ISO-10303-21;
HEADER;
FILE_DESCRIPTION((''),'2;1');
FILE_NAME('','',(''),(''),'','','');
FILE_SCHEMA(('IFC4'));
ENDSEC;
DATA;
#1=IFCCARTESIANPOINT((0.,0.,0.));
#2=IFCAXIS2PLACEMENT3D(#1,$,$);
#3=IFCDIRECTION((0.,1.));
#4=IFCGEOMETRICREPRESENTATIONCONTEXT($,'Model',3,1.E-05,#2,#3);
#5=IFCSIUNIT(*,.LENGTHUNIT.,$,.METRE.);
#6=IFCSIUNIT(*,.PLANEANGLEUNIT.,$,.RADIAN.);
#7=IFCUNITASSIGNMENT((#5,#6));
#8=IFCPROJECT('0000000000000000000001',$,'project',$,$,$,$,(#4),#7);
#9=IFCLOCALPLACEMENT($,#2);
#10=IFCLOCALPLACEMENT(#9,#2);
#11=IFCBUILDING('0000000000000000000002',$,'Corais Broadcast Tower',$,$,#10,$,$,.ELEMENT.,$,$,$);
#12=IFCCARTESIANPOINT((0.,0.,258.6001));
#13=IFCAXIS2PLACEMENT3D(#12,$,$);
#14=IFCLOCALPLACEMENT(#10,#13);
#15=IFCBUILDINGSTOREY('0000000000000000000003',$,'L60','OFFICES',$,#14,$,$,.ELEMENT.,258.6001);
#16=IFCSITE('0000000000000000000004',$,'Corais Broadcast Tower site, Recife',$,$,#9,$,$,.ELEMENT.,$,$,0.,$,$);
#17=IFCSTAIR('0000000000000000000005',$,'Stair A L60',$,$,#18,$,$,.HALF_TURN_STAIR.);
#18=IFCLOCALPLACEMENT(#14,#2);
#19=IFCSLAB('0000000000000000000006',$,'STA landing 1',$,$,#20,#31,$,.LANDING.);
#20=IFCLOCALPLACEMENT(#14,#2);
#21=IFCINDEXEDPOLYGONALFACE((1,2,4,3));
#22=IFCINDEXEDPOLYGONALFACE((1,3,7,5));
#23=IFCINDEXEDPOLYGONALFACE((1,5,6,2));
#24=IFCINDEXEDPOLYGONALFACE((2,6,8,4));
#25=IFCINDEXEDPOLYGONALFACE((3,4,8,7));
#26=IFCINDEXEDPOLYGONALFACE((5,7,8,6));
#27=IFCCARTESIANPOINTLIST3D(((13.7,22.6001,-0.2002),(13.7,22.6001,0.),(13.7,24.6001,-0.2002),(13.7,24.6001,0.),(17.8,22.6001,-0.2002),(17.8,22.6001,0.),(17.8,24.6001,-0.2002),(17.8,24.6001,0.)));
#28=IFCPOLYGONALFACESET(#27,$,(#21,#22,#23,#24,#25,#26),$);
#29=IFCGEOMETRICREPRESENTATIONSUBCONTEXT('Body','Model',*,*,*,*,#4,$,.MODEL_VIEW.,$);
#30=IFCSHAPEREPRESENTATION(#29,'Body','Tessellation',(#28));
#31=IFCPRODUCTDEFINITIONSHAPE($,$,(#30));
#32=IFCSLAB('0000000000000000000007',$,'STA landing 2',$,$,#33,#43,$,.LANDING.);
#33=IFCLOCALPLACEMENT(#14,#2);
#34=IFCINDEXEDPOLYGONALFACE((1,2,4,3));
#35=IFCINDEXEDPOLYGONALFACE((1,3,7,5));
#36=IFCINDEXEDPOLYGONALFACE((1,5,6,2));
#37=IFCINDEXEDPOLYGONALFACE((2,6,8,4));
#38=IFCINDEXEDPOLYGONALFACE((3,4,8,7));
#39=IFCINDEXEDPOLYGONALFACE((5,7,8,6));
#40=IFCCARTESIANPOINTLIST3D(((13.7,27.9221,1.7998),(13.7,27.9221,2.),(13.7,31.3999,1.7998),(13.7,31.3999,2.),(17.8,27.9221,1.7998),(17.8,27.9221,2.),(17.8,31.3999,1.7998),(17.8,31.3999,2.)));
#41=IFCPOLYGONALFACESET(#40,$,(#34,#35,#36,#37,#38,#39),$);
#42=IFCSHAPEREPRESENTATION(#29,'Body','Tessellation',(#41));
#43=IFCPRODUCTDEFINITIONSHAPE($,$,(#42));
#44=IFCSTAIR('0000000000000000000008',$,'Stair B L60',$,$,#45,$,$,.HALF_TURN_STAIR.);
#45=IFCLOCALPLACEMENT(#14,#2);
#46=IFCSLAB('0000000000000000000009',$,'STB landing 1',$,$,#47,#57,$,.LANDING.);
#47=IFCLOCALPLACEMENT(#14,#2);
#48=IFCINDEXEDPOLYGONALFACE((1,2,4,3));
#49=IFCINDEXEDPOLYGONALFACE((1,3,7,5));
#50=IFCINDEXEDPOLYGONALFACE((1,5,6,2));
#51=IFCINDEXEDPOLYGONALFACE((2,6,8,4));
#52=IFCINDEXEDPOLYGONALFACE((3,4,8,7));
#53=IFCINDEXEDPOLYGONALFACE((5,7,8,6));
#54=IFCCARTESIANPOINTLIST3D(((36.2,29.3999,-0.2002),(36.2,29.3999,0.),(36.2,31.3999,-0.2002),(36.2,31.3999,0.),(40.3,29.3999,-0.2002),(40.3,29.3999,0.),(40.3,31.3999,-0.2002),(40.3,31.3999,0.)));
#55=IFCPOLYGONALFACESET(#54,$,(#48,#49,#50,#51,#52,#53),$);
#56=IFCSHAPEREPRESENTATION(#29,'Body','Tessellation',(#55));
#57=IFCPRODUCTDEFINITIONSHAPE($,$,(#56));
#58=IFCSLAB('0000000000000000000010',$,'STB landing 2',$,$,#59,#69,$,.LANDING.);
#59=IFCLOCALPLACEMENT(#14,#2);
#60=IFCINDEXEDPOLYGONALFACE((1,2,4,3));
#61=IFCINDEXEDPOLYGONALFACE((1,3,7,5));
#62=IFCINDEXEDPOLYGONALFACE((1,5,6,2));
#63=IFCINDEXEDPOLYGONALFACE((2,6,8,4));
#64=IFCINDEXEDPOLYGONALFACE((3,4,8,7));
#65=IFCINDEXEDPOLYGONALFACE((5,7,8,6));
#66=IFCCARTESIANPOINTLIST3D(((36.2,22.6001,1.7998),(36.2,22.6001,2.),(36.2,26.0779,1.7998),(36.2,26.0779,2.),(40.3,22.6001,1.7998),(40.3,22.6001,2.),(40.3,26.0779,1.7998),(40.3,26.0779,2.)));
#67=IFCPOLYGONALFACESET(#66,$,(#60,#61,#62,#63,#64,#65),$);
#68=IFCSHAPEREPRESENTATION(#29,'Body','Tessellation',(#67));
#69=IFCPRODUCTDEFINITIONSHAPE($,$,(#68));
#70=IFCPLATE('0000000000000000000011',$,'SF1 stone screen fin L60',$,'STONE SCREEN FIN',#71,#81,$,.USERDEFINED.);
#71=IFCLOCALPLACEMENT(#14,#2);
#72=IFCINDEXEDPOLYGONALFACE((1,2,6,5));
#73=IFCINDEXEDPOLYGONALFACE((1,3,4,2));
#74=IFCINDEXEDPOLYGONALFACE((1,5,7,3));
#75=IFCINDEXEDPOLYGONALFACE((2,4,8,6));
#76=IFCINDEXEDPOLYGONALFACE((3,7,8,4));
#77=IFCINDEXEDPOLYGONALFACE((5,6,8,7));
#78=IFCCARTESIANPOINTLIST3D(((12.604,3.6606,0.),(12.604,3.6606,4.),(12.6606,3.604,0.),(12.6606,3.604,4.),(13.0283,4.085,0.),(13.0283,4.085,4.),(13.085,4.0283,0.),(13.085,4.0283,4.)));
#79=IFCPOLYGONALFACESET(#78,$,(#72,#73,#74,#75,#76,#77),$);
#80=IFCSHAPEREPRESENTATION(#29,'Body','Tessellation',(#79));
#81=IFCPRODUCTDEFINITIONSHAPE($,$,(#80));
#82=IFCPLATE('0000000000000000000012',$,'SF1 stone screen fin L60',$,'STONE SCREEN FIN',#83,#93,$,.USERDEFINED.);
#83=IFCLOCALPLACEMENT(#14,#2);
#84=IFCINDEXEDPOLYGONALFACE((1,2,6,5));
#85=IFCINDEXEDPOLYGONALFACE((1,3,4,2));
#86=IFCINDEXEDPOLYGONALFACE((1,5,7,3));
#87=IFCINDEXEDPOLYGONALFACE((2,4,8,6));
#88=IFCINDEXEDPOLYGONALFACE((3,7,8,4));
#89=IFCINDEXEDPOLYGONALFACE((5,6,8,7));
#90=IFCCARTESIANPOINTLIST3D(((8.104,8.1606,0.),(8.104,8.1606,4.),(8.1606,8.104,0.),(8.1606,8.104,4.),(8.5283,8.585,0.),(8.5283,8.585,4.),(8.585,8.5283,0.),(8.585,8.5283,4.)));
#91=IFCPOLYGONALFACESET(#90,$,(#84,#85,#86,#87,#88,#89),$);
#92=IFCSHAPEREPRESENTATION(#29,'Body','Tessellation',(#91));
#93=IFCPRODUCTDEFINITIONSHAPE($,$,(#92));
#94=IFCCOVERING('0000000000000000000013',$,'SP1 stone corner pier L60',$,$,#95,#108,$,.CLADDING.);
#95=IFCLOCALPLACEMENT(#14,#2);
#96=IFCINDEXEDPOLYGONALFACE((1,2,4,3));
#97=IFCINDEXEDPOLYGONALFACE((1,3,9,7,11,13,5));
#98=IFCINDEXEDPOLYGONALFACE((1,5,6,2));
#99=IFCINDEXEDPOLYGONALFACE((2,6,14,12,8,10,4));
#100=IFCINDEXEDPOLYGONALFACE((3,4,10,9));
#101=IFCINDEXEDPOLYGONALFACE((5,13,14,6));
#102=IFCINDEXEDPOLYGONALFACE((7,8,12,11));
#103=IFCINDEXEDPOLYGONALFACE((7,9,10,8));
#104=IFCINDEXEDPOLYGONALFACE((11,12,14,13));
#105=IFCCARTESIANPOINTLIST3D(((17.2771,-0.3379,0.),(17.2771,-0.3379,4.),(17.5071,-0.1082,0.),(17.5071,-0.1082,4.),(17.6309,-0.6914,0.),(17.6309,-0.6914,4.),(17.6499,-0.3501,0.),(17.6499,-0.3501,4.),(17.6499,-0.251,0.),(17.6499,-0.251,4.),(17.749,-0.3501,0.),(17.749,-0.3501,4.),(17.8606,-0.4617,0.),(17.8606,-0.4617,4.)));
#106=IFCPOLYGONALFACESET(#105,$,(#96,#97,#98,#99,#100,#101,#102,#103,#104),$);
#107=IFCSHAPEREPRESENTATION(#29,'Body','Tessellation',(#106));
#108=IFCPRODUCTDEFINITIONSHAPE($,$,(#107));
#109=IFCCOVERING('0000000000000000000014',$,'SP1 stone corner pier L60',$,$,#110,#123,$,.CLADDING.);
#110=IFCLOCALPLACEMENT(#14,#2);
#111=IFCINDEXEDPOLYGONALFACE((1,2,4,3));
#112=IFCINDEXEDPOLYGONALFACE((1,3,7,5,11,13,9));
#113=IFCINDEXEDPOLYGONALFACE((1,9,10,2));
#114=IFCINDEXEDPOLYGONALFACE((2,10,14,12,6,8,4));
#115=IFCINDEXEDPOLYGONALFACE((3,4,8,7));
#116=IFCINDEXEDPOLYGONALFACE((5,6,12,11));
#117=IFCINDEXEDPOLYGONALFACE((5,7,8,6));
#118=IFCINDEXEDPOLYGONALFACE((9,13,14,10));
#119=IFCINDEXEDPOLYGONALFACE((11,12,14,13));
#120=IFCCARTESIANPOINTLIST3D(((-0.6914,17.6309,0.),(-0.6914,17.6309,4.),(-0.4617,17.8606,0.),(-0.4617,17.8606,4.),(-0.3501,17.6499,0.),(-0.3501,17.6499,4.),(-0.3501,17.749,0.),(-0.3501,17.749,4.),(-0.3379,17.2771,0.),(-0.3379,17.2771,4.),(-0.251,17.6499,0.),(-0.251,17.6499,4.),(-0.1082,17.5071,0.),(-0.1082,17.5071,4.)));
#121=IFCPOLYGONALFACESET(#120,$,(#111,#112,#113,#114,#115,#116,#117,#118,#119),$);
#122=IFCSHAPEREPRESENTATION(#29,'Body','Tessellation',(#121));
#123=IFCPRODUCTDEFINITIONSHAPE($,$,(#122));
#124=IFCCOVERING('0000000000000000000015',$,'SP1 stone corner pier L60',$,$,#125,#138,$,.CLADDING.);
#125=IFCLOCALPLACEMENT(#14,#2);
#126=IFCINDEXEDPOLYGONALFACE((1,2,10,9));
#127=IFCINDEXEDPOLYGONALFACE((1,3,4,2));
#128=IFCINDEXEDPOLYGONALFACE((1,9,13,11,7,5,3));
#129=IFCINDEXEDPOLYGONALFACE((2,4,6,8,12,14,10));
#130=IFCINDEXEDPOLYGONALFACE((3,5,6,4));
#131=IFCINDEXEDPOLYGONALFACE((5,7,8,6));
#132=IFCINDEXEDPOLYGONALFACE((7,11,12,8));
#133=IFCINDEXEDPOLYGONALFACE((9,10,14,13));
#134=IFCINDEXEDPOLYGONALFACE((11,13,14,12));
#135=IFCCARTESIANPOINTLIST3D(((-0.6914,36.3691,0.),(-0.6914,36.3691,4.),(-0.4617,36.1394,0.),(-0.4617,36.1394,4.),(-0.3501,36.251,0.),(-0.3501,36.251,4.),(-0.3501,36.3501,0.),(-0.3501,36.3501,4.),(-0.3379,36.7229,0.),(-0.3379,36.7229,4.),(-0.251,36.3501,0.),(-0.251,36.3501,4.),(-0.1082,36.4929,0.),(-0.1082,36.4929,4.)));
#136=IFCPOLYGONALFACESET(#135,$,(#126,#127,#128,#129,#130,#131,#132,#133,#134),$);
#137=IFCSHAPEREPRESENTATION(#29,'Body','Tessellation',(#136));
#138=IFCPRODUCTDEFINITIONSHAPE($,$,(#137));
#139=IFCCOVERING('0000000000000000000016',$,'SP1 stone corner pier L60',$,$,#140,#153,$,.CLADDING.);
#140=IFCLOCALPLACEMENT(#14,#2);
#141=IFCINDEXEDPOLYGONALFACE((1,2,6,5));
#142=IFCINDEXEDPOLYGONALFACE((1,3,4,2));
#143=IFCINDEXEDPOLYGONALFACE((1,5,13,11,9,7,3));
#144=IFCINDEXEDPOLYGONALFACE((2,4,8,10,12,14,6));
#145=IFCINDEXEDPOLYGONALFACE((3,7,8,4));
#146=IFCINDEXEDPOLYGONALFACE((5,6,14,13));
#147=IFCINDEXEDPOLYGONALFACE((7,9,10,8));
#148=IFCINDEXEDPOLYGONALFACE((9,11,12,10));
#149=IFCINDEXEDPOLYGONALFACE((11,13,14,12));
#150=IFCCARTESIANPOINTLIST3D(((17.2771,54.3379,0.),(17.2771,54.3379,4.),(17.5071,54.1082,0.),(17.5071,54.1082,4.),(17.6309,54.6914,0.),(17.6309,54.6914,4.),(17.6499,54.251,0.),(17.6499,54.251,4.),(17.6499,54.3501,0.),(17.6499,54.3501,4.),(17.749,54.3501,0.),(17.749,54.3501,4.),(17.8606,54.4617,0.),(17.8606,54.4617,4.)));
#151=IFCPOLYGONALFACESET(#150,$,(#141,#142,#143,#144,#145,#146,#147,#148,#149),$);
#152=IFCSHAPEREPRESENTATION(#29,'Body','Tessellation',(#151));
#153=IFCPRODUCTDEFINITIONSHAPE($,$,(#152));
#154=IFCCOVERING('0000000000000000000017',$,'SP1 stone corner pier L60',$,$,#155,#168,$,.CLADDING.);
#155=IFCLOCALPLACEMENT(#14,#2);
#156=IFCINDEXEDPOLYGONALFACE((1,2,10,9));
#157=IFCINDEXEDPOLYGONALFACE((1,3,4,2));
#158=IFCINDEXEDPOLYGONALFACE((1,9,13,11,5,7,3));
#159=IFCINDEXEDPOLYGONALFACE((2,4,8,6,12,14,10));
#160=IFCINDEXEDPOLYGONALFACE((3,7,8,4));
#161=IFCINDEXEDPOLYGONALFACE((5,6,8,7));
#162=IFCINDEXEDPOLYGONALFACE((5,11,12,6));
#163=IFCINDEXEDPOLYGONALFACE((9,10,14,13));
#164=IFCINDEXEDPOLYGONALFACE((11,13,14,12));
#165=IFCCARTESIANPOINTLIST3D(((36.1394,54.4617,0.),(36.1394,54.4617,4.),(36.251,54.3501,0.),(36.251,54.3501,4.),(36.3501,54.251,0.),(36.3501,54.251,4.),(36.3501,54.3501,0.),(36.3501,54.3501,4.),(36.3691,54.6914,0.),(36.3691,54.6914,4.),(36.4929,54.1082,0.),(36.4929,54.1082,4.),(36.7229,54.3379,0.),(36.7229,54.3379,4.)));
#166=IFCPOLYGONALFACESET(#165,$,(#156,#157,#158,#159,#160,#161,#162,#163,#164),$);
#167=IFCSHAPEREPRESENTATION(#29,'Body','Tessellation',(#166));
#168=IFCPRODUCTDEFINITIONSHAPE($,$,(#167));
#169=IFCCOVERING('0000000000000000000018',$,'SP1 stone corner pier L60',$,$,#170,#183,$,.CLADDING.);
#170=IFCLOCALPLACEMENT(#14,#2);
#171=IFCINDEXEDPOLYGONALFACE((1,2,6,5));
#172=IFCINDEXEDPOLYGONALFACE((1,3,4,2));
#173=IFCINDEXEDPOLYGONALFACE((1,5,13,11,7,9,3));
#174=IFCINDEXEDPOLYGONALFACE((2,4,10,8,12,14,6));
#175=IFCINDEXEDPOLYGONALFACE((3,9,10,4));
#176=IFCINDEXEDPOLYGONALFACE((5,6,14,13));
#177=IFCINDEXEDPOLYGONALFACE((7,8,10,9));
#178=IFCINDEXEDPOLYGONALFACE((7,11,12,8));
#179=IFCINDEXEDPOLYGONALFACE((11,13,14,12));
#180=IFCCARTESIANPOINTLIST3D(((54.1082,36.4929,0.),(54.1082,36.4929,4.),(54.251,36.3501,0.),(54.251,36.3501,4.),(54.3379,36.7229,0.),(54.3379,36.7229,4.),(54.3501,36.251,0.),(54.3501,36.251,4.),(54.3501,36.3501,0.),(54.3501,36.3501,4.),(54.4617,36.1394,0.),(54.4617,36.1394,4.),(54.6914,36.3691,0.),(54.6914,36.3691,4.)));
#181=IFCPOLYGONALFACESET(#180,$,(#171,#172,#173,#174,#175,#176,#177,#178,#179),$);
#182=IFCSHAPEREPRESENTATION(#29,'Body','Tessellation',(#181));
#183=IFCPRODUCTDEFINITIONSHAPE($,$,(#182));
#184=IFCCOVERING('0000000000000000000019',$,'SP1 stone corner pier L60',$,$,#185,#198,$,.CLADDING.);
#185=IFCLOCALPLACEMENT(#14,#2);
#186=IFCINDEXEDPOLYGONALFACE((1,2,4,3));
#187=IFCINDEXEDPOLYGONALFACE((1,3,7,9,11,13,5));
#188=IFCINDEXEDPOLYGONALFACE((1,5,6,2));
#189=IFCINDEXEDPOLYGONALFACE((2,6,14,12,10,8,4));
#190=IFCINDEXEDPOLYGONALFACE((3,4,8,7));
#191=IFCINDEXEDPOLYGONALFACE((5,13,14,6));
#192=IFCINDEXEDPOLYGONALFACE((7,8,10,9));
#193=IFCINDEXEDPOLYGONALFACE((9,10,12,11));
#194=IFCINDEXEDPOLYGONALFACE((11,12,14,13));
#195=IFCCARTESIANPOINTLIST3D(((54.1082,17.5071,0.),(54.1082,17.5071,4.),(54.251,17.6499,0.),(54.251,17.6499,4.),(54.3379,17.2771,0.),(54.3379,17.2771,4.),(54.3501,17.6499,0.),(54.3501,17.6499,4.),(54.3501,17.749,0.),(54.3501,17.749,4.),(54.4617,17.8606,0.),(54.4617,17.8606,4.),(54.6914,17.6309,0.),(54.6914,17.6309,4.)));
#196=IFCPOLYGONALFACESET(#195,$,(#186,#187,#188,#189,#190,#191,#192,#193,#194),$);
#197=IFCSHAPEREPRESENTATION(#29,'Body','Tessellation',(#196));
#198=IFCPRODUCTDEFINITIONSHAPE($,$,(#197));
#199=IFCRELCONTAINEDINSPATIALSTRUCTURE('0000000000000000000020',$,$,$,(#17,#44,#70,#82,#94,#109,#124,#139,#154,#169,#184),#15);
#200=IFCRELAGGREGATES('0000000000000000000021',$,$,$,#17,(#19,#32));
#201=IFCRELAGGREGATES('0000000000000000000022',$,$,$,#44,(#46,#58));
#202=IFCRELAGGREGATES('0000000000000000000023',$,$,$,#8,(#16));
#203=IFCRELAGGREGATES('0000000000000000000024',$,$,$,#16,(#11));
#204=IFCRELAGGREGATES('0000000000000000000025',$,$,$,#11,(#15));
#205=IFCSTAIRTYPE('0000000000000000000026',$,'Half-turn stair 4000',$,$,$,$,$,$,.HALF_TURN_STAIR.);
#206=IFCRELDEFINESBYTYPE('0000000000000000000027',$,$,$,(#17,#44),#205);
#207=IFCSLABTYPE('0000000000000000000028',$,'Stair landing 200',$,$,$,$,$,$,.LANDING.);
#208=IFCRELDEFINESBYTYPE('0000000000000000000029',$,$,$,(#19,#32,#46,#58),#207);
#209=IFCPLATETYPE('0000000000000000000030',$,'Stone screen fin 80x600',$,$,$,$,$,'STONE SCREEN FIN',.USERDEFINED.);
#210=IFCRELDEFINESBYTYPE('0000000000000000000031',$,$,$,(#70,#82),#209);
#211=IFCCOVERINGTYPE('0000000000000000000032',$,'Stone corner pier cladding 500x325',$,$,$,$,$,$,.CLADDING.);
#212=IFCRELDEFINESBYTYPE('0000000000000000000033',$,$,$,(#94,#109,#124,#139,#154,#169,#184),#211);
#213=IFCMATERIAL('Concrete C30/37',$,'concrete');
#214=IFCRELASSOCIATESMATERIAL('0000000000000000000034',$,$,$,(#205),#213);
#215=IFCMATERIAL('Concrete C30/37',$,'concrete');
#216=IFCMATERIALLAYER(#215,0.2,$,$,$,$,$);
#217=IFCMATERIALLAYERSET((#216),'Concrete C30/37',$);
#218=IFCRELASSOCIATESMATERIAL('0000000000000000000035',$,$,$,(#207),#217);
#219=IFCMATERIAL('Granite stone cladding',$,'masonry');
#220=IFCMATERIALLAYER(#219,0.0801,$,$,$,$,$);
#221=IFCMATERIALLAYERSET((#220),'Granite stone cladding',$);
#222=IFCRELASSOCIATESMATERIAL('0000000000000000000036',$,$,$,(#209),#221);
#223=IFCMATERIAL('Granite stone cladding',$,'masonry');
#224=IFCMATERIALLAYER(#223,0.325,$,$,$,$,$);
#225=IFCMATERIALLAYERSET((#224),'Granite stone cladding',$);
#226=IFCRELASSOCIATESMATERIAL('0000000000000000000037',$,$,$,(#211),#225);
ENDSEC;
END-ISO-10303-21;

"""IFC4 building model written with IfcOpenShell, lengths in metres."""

from ifc_helpers import new_model, si_unit, direction, frame, origin, origin_2d, place, context, subcontext, project, spatial, polyline, rectangle, outline, extrude, material, layer, layer_set, type_object, element, aggregate, save


model = new_model("IFC4")

# Units and contexts
model_context = context("Model", 3, precision=1e-05, world=origin(), true_north=direction((0.0, 1.0)))
body_context = subcontext(model_context, "Body", "Model", "MODEL_VIEW")
ifc_project = project(units=[si_unit("LENGTHUNIT", "METRE"), si_unit("PLANEANGLEUNIT", "RADIAN")], contexts=[model_context])

# Site, building, storey
site_placement = place(None, origin())
site = spatial("IfcSite", under=ifc_project, at=site_placement, Name="Corais Broadcast Tower site, Recife", CompositionType="ELEMENT", RefElevation=0.0)
building_placement = place(site_placement, origin())
building = spatial("IfcBuilding", under=site, at=building_placement, Name="Corais Broadcast Tower", CompositionType="ELEMENT")
storey_placement = place(building_placement, frame((0.0, 0.0, 258.6001)))
storey = spatial("IfcBuildingStorey", under=building, at=storey_placement, Name="L60", Description="OFFICES", CompositionType="ELEMENT", Elevation=258.6001)

# Stairs, slabs
ifc_material_1 = material(Name="Concrete C30/37", Category="concrete")
stair_type = type_object("IfcStairType", Name="Half-turn stair 4000", PredefinedType="HALF_TURN_STAIR", material=ifc_material_1)
stair_1_placement = place(storey_placement, origin())
stair_1 = element("IfcStair", 1, at=stair_1_placement, inside=storey, type_object=stair_type, Name="Stair A L60", PredefinedType="HALF_TURN_STAIR")
ifc_material_2 = material(Name="Concrete C30/37", Category="concrete")
ifc_layer_1 = layer(ifc_material_2, 0.2)
ifc_layer_set_1 = layer_set([ifc_layer_1], Name="Concrete C30/37")
slab_type_1 = type_object("IfcSlabType", Name="Stair landing 200", PredefinedType="LANDING", material=ifc_layer_set_1)
slab_1_placement = place(storey_placement, frame((0.0, 0.0, -0.2002)))
slab_1 = element("IfcSlab", 2, at=slab_1_placement, type_object=slab_type_1, Name="STA landing 1", PredefinedType="LANDING", context=body_context, shape_type="SweptSolid", body=[
    extrude(outline(polyline([(13.7, 22.6001), (17.8, 22.6001), (17.8, 24.6001), (13.7, 24.6001), (13.7, 22.6001)])), origin(), (0.0, 0.0, 1.0), 0.2002),
])
slab_2_placement = place(storey_placement, frame((0.0, 0.0, 1.7998)))
slab_2 = element("IfcSlab", 3, at=slab_2_placement, type_object=slab_type_1, Name="STA landing 2", PredefinedType="LANDING", context=body_context, shape_type="SweptSolid", body=[
    extrude(outline(polyline([(13.7, 27.9221), (17.8, 27.9221), (17.8, 31.3999), (13.7, 31.3999), (13.7, 27.9221)])), origin(), (0.0, 0.0, 1.0), 0.2002),
])
aggregate(stair_1, [slab_1, slab_2])
stair_2_placement = place(storey_placement, origin())
stair_2 = element("IfcStair", 4, at=stair_2_placement, inside=storey, type_object=stair_type, Name="Stair B L60", PredefinedType="HALF_TURN_STAIR")
slab_3_placement = place(storey_placement, frame((0.0, 0.0, -0.2002)))
slab_3 = element("IfcSlab", 5, at=slab_3_placement, type_object=slab_type_1, Name="STB landing 1", PredefinedType="LANDING", context=body_context, shape_type="SweptSolid", body=[
    extrude(outline(polyline([(36.2, 29.3999), (40.3, 29.3999), (40.3, 31.3999), (36.2, 31.3999), (36.2, 29.3999)])), origin(), (0.0, 0.0, 1.0), 0.2002),
])
slab_4_placement = place(storey_placement, frame((0.0, 0.0, 1.7998)))
slab_4 = element("IfcSlab", 6, at=slab_4_placement, type_object=slab_type_1, Name="STB landing 2", PredefinedType="LANDING", context=body_context, shape_type="SweptSolid", body=[
    extrude(outline(polyline([(36.2, 22.6001), (40.3, 22.6001), (40.3, 26.0779), (36.2, 26.0779), (36.2, 22.6001)])), origin(), (0.0, 0.0, 1.0), 0.2002),
])
aggregate(stair_2, [slab_3, slab_4])

# Plates
ifc_material_3 = material(Name="Granite stone cladding", Category="masonry")
ifc_layer_2 = layer(ifc_material_3, 0.0801)
ifc_layer_set_2 = layer_set([ifc_layer_2], Name="Granite stone cladding")
plate_type_1 = type_object("IfcPlateType", Name="Stone screen fin 80x600", ElementType="STONE SCREEN FIN", PredefinedType="USERDEFINED", material=ifc_layer_set_2)
for number, where, z_axis, x_axis, name in (
    (7, (12.8445, 3.8445, 0.0), (0.0, 0.0, 1.0), (-0.707107, 0.707107, 0.0), "SF1 stone screen fin L60"),
    (8, (8.3445, 8.3445, 0.0), (0.0, 0.0, 1.0), (-0.707107, 0.707107, 0.0), "SF1 stone screen fin L60"),
):
    element("IfcPlate", number, at=place(storey_placement, frame(where, z_axis=z_axis, x_axis=x_axis)), inside=storey, type_object=plate_type_1, Name=name, ObjectType="STONE SCREEN FIN", PredefinedType="USERDEFINED", context=body_context, shape_type="SweptSolid", body=[
        extrude(rectangle(XDim=0.0801, YDim=0.6001, at=origin_2d()), origin(), (0.0, 0.0, 1.0), 4.0),
    ])

# Coverings
ifc_material_4 = material(Name="Granite stone cladding", Category="masonry")
ifc_layer_3 = layer(ifc_material_4, 0.325)
ifc_layer_set_3 = layer_set([ifc_layer_3], Name="Granite stone cladding")
covering_type_1 = type_object("IfcCoveringType", Name="Stone corner pier cladding 500x325", PredefinedType="CLADDING", material=ifc_layer_set_3)
covering_1_placement = place(storey_placement, origin())
element("IfcCovering", 9, at=covering_1_placement, inside=storey, type_object=covering_type_1, Name="SP1 stone corner pier L60", PredefinedType="CLADDING", context=body_context, shape_type="SweptSolid", body=[
    extrude(outline(polyline([(17.8606, -0.4617), (17.749, -0.3501), (17.6499, -0.3501), (17.6499, -0.251), (17.5071, -0.1082), (17.2771, -0.3379), (17.6309, -0.6914), (17.8606, -0.4617)])), origin(), (0.0, 0.0, 1.0), 4.0),
])
covering_2_placement = place(storey_placement, origin())
element("IfcCovering", 10, at=covering_2_placement, inside=storey, type_object=covering_type_1, Name="SP1 stone corner pier L60", PredefinedType="CLADDING", context=body_context, shape_type="SweptSolid", body=[
    extrude(outline(polyline([(-0.3501, 17.749), (-0.4617, 17.8606), (-0.6914, 17.6309), (-0.3379, 17.2771), (-0.1082, 17.5071), (-0.251, 17.6499), (-0.3501, 17.6499), (-0.3501, 17.749)])), origin(), (0.0, 0.0, 1.0), 4.0),
])
covering_3_placement = place(storey_placement, origin())
element("IfcCovering", 11, at=covering_3_placement, inside=storey, type_object=covering_type_1, Name="SP1 stone corner pier L60", PredefinedType="CLADDING", context=body_context, shape_type="SweptSolid", body=[
    extrude(outline(polyline([(-0.4617, 36.1394), (-0.3501, 36.251), (-0.3501, 36.3501), (-0.251, 36.3501), (-0.1082, 36.4929), (-0.3379, 36.7229), (-0.6914, 36.3691), (-0.4617, 36.1394)])), origin(), (0.0, 0.0, 1.0), 4.0),
])
covering_4_placement = place(storey_placement, origin())
element("IfcCovering", 12, at=covering_4_placement, inside=storey, type_object=covering_type_1, Name="SP1 stone corner pier L60", PredefinedType="CLADDING", context=body_context, shape_type="SweptSolid", body=[
    extrude(outline(polyline([(17.749, 54.3501), (17.8606, 54.4617), (17.6309, 54.6914), (17.2771, 54.3379), (17.5071, 54.1082), (17.6499, 54.251), (17.6499, 54.3501), (17.749, 54.3501)])), origin(), (0.0, 0.0, 1.0), 4.0),
])
covering_5_placement = place(storey_placement, origin())
element("IfcCovering", 13, at=covering_5_placement, inside=storey, type_object=covering_type_1, Name="SP1 stone corner pier L60", PredefinedType="CLADDING", context=body_context, shape_type="SweptSolid", body=[
    extrude(outline(polyline([(36.1394, 54.4617), (36.251, 54.3501), (36.3501, 54.3501), (36.3501, 54.251), (36.4929, 54.1082), (36.7229, 54.3379), (36.3691, 54.6914), (36.1394, 54.4617)])), origin(), (0.0, 0.0, 1.0), 4.0),
])
covering_6_placement = place(storey_placement, origin())
element("IfcCovering", 14, at=covering_6_placement, inside=storey, type_object=covering_type_1, Name="SP1 stone corner pier L60", PredefinedType="CLADDING", context=body_context, shape_type="SweptSolid", body=[
    extrude(outline(polyline([(54.3501, 36.251), (54.4617, 36.1394), (54.6914, 36.3691), (54.3379, 36.7229), (54.1082, 36.4929), (54.251, 36.3501), (54.3501, 36.3501), (54.3501, 36.251)])), origin(), (0.0, 0.0, 1.0), 4.0),
])
covering_7_placement = place(storey_placement, origin())
element("IfcCovering", 15, at=covering_7_placement, inside=storey, type_object=covering_type_1, Name="SP1 stone corner pier L60", PredefinedType="CLADDING", context=body_context, shape_type="SweptSolid", body=[
    extrude(outline(polyline([(54.4617, 17.8606), (54.3501, 17.749), (54.3501, 17.6499), (54.251, 17.6499), (54.1082, 17.5071), (54.3379, 17.2771), (54.6914, 17.6309), (54.4617, 17.8606)])), origin(), (0.0, 0.0, 1.0), 4.0),
])

save(model, "model.ifc")
